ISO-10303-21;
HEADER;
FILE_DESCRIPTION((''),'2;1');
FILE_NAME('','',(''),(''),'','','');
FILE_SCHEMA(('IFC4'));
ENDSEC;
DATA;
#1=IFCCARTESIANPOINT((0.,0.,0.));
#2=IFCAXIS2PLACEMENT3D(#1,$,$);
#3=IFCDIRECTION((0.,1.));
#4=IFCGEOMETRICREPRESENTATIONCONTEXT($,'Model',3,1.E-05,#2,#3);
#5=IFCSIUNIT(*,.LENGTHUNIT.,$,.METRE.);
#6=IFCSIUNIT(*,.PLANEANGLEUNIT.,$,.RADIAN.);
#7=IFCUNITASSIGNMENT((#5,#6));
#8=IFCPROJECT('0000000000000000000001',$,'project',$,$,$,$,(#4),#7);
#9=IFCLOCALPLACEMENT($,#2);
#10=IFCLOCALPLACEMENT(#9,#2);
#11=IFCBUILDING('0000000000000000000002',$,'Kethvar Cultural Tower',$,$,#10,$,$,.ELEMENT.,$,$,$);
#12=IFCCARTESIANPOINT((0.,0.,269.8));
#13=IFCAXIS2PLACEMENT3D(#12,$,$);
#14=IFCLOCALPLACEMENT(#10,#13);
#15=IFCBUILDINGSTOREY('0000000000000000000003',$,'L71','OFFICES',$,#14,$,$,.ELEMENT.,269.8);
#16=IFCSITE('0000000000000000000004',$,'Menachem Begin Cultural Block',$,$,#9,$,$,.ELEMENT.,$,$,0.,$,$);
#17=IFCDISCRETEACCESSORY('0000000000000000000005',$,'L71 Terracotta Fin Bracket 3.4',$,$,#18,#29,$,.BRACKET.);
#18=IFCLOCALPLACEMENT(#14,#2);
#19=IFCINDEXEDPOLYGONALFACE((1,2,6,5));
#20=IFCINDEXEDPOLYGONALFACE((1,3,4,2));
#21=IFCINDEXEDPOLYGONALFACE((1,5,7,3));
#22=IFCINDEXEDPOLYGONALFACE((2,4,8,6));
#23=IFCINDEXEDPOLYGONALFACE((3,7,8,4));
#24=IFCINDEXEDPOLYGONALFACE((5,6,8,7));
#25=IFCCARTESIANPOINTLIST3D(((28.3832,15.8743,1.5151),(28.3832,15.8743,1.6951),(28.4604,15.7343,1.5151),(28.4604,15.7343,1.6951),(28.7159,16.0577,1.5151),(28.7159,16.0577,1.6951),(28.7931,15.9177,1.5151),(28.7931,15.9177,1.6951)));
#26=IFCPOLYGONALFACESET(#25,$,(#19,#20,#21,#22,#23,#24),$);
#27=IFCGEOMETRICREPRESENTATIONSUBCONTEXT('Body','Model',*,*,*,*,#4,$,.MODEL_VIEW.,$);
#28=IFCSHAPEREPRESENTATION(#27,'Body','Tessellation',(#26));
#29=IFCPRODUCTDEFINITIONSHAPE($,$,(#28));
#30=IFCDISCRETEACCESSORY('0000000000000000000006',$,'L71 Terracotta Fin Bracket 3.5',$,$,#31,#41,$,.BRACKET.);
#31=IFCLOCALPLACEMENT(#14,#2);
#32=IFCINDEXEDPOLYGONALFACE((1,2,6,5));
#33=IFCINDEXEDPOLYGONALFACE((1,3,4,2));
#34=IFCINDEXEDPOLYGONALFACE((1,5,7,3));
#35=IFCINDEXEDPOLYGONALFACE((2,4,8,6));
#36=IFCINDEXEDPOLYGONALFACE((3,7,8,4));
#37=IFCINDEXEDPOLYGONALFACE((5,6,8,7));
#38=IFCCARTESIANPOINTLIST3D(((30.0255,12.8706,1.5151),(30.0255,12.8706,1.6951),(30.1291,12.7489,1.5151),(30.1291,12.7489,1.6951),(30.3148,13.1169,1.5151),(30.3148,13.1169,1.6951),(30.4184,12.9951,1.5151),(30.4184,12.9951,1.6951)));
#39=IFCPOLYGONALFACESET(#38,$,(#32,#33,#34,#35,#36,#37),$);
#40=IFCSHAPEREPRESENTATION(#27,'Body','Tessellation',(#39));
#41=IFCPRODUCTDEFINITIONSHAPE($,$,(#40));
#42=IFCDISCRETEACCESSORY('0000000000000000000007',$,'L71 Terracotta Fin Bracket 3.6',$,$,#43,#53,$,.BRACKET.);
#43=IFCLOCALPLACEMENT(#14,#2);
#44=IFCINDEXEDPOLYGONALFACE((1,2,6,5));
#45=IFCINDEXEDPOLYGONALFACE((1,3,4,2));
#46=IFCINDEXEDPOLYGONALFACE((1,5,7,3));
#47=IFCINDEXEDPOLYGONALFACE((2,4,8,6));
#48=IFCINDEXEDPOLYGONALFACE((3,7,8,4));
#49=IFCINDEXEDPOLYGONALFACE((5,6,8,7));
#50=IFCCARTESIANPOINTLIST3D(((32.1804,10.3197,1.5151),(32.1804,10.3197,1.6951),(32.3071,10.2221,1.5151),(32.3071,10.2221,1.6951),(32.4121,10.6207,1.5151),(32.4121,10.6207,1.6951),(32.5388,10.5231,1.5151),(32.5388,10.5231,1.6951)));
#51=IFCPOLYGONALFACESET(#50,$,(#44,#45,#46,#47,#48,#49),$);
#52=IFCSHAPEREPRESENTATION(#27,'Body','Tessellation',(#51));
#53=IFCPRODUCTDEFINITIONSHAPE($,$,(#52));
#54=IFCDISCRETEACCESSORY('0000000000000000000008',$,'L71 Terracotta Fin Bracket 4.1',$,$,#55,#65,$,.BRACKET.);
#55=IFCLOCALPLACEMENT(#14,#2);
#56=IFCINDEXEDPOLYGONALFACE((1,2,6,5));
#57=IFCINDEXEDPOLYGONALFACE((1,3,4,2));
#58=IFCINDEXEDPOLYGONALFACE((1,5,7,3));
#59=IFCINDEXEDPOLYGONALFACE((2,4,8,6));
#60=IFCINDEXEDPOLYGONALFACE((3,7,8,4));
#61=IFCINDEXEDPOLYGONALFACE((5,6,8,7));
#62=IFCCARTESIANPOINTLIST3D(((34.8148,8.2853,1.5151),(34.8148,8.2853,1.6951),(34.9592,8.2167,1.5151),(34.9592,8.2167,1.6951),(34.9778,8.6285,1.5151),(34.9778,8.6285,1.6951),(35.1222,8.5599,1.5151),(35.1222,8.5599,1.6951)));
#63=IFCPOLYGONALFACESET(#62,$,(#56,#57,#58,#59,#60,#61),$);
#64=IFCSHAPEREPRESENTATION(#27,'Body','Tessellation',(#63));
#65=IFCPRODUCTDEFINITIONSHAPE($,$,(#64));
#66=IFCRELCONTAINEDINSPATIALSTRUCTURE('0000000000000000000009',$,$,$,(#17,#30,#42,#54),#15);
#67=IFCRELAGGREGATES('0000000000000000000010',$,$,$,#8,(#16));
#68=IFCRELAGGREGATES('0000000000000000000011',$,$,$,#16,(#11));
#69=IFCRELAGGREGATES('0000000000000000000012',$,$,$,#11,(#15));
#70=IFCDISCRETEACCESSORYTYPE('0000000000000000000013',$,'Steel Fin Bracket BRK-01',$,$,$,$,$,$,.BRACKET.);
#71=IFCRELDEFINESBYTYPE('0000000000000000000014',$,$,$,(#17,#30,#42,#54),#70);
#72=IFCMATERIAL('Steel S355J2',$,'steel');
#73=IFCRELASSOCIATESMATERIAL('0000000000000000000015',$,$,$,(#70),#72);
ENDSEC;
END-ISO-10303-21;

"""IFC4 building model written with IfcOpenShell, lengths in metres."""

from ifc_helpers import new_model, si_unit, direction, frame, origin, origin_2d, place, context, subcontext, project, spatial, rectangle, extrude, source, transform, mapped, material, type_object, element, save


model = new_model("IFC4")

# Units and contexts
model_context = context("Model", 3, precision=1e-05, world=origin(), true_north=direction((0.0, 1.0)))
body_context = subcontext(model_context, "Body", "Model", "MODEL_VIEW")
ifc_project = project(units=[si_unit("LENGTHUNIT", "METRE"), si_unit("PLANEANGLEUNIT", "RADIAN")], contexts=[model_context])

# Site, building, storey
site_placement = place(None, origin())
site = spatial("IfcSite", under=ifc_project, at=site_placement, Name="Menachem Begin Cultural Block", CompositionType="ELEMENT", RefElevation=0.0)
building_placement = place(site_placement, origin())
building = spatial("IfcBuilding", under=site, at=building_placement, Name="Kethvar Cultural Tower", CompositionType="ELEMENT")
storey_placement = place(building_placement, frame((0.0, 0.0, 269.8)))
storey = spatial("IfcBuildingStorey", under=building, at=storey_placement, Name="L71", Description="OFFICES", CompositionType="ELEMENT", Elevation=269.8)

# Shared definitions
ifc_material_1 = material(Name="Steel S355J2", Category="steel")

# Discrete accessories
discrete_accessory_type = type_object("IfcDiscreteAccessoryType", Name="Steel Fin Bracket BRK-01", PredefinedType="BRACKET", material=ifc_material_1)
shared_shape_1 = source(origin(), body_context, "Body", "SweptSolid", [
    extrude(rectangle(XDim=0.3799, YDim=0.1599, at=origin_2d()), origin(), (0.0, 0.0, 1.0), 0.1799),
])
for number, where, z_axis, x_axis, name in (
    (1, (28.5881, 15.896, 1.5151), (0.0, 0.0, 1.0), (-0.875717, -0.482824, 0.0), "L71 Terracotta Fin Bracket 3.4"),
    (2, (30.2219, 12.9329, 1.5151), (0.0, 0.0, 1.0), (-0.761538, -0.64812, 0.0), "L71 Terracotta Fin Bracket 3.5"),
    (3, (32.3596, 10.4214, 1.5151), (0.0, 0.0, 1.0), (-0.610007, -0.792396, 0.0), "L71 Terracotta Fin Bracket 3.6"),
    (4, (34.9685, 8.4226, 1.5151), (0.0, 0.0, 1.0), (-0.429093, -0.90326, 0.0), "L71 Terracotta Fin Bracket 4.1"),
):
    element("IfcDiscreteAccessory", number, at=place(storey_placement, frame(where, z_axis=z_axis, x_axis=x_axis)), inside=storey, type_object=discrete_accessory_type, Name=name, PredefinedType="BRACKET", context=body_context, shape_type="MappedRepresentation", body=[
        mapped(shared_shape_1, transform((0.0, 0.0, 0.0), scale=1.0)),
    ])

save(model, "model.ifc")
